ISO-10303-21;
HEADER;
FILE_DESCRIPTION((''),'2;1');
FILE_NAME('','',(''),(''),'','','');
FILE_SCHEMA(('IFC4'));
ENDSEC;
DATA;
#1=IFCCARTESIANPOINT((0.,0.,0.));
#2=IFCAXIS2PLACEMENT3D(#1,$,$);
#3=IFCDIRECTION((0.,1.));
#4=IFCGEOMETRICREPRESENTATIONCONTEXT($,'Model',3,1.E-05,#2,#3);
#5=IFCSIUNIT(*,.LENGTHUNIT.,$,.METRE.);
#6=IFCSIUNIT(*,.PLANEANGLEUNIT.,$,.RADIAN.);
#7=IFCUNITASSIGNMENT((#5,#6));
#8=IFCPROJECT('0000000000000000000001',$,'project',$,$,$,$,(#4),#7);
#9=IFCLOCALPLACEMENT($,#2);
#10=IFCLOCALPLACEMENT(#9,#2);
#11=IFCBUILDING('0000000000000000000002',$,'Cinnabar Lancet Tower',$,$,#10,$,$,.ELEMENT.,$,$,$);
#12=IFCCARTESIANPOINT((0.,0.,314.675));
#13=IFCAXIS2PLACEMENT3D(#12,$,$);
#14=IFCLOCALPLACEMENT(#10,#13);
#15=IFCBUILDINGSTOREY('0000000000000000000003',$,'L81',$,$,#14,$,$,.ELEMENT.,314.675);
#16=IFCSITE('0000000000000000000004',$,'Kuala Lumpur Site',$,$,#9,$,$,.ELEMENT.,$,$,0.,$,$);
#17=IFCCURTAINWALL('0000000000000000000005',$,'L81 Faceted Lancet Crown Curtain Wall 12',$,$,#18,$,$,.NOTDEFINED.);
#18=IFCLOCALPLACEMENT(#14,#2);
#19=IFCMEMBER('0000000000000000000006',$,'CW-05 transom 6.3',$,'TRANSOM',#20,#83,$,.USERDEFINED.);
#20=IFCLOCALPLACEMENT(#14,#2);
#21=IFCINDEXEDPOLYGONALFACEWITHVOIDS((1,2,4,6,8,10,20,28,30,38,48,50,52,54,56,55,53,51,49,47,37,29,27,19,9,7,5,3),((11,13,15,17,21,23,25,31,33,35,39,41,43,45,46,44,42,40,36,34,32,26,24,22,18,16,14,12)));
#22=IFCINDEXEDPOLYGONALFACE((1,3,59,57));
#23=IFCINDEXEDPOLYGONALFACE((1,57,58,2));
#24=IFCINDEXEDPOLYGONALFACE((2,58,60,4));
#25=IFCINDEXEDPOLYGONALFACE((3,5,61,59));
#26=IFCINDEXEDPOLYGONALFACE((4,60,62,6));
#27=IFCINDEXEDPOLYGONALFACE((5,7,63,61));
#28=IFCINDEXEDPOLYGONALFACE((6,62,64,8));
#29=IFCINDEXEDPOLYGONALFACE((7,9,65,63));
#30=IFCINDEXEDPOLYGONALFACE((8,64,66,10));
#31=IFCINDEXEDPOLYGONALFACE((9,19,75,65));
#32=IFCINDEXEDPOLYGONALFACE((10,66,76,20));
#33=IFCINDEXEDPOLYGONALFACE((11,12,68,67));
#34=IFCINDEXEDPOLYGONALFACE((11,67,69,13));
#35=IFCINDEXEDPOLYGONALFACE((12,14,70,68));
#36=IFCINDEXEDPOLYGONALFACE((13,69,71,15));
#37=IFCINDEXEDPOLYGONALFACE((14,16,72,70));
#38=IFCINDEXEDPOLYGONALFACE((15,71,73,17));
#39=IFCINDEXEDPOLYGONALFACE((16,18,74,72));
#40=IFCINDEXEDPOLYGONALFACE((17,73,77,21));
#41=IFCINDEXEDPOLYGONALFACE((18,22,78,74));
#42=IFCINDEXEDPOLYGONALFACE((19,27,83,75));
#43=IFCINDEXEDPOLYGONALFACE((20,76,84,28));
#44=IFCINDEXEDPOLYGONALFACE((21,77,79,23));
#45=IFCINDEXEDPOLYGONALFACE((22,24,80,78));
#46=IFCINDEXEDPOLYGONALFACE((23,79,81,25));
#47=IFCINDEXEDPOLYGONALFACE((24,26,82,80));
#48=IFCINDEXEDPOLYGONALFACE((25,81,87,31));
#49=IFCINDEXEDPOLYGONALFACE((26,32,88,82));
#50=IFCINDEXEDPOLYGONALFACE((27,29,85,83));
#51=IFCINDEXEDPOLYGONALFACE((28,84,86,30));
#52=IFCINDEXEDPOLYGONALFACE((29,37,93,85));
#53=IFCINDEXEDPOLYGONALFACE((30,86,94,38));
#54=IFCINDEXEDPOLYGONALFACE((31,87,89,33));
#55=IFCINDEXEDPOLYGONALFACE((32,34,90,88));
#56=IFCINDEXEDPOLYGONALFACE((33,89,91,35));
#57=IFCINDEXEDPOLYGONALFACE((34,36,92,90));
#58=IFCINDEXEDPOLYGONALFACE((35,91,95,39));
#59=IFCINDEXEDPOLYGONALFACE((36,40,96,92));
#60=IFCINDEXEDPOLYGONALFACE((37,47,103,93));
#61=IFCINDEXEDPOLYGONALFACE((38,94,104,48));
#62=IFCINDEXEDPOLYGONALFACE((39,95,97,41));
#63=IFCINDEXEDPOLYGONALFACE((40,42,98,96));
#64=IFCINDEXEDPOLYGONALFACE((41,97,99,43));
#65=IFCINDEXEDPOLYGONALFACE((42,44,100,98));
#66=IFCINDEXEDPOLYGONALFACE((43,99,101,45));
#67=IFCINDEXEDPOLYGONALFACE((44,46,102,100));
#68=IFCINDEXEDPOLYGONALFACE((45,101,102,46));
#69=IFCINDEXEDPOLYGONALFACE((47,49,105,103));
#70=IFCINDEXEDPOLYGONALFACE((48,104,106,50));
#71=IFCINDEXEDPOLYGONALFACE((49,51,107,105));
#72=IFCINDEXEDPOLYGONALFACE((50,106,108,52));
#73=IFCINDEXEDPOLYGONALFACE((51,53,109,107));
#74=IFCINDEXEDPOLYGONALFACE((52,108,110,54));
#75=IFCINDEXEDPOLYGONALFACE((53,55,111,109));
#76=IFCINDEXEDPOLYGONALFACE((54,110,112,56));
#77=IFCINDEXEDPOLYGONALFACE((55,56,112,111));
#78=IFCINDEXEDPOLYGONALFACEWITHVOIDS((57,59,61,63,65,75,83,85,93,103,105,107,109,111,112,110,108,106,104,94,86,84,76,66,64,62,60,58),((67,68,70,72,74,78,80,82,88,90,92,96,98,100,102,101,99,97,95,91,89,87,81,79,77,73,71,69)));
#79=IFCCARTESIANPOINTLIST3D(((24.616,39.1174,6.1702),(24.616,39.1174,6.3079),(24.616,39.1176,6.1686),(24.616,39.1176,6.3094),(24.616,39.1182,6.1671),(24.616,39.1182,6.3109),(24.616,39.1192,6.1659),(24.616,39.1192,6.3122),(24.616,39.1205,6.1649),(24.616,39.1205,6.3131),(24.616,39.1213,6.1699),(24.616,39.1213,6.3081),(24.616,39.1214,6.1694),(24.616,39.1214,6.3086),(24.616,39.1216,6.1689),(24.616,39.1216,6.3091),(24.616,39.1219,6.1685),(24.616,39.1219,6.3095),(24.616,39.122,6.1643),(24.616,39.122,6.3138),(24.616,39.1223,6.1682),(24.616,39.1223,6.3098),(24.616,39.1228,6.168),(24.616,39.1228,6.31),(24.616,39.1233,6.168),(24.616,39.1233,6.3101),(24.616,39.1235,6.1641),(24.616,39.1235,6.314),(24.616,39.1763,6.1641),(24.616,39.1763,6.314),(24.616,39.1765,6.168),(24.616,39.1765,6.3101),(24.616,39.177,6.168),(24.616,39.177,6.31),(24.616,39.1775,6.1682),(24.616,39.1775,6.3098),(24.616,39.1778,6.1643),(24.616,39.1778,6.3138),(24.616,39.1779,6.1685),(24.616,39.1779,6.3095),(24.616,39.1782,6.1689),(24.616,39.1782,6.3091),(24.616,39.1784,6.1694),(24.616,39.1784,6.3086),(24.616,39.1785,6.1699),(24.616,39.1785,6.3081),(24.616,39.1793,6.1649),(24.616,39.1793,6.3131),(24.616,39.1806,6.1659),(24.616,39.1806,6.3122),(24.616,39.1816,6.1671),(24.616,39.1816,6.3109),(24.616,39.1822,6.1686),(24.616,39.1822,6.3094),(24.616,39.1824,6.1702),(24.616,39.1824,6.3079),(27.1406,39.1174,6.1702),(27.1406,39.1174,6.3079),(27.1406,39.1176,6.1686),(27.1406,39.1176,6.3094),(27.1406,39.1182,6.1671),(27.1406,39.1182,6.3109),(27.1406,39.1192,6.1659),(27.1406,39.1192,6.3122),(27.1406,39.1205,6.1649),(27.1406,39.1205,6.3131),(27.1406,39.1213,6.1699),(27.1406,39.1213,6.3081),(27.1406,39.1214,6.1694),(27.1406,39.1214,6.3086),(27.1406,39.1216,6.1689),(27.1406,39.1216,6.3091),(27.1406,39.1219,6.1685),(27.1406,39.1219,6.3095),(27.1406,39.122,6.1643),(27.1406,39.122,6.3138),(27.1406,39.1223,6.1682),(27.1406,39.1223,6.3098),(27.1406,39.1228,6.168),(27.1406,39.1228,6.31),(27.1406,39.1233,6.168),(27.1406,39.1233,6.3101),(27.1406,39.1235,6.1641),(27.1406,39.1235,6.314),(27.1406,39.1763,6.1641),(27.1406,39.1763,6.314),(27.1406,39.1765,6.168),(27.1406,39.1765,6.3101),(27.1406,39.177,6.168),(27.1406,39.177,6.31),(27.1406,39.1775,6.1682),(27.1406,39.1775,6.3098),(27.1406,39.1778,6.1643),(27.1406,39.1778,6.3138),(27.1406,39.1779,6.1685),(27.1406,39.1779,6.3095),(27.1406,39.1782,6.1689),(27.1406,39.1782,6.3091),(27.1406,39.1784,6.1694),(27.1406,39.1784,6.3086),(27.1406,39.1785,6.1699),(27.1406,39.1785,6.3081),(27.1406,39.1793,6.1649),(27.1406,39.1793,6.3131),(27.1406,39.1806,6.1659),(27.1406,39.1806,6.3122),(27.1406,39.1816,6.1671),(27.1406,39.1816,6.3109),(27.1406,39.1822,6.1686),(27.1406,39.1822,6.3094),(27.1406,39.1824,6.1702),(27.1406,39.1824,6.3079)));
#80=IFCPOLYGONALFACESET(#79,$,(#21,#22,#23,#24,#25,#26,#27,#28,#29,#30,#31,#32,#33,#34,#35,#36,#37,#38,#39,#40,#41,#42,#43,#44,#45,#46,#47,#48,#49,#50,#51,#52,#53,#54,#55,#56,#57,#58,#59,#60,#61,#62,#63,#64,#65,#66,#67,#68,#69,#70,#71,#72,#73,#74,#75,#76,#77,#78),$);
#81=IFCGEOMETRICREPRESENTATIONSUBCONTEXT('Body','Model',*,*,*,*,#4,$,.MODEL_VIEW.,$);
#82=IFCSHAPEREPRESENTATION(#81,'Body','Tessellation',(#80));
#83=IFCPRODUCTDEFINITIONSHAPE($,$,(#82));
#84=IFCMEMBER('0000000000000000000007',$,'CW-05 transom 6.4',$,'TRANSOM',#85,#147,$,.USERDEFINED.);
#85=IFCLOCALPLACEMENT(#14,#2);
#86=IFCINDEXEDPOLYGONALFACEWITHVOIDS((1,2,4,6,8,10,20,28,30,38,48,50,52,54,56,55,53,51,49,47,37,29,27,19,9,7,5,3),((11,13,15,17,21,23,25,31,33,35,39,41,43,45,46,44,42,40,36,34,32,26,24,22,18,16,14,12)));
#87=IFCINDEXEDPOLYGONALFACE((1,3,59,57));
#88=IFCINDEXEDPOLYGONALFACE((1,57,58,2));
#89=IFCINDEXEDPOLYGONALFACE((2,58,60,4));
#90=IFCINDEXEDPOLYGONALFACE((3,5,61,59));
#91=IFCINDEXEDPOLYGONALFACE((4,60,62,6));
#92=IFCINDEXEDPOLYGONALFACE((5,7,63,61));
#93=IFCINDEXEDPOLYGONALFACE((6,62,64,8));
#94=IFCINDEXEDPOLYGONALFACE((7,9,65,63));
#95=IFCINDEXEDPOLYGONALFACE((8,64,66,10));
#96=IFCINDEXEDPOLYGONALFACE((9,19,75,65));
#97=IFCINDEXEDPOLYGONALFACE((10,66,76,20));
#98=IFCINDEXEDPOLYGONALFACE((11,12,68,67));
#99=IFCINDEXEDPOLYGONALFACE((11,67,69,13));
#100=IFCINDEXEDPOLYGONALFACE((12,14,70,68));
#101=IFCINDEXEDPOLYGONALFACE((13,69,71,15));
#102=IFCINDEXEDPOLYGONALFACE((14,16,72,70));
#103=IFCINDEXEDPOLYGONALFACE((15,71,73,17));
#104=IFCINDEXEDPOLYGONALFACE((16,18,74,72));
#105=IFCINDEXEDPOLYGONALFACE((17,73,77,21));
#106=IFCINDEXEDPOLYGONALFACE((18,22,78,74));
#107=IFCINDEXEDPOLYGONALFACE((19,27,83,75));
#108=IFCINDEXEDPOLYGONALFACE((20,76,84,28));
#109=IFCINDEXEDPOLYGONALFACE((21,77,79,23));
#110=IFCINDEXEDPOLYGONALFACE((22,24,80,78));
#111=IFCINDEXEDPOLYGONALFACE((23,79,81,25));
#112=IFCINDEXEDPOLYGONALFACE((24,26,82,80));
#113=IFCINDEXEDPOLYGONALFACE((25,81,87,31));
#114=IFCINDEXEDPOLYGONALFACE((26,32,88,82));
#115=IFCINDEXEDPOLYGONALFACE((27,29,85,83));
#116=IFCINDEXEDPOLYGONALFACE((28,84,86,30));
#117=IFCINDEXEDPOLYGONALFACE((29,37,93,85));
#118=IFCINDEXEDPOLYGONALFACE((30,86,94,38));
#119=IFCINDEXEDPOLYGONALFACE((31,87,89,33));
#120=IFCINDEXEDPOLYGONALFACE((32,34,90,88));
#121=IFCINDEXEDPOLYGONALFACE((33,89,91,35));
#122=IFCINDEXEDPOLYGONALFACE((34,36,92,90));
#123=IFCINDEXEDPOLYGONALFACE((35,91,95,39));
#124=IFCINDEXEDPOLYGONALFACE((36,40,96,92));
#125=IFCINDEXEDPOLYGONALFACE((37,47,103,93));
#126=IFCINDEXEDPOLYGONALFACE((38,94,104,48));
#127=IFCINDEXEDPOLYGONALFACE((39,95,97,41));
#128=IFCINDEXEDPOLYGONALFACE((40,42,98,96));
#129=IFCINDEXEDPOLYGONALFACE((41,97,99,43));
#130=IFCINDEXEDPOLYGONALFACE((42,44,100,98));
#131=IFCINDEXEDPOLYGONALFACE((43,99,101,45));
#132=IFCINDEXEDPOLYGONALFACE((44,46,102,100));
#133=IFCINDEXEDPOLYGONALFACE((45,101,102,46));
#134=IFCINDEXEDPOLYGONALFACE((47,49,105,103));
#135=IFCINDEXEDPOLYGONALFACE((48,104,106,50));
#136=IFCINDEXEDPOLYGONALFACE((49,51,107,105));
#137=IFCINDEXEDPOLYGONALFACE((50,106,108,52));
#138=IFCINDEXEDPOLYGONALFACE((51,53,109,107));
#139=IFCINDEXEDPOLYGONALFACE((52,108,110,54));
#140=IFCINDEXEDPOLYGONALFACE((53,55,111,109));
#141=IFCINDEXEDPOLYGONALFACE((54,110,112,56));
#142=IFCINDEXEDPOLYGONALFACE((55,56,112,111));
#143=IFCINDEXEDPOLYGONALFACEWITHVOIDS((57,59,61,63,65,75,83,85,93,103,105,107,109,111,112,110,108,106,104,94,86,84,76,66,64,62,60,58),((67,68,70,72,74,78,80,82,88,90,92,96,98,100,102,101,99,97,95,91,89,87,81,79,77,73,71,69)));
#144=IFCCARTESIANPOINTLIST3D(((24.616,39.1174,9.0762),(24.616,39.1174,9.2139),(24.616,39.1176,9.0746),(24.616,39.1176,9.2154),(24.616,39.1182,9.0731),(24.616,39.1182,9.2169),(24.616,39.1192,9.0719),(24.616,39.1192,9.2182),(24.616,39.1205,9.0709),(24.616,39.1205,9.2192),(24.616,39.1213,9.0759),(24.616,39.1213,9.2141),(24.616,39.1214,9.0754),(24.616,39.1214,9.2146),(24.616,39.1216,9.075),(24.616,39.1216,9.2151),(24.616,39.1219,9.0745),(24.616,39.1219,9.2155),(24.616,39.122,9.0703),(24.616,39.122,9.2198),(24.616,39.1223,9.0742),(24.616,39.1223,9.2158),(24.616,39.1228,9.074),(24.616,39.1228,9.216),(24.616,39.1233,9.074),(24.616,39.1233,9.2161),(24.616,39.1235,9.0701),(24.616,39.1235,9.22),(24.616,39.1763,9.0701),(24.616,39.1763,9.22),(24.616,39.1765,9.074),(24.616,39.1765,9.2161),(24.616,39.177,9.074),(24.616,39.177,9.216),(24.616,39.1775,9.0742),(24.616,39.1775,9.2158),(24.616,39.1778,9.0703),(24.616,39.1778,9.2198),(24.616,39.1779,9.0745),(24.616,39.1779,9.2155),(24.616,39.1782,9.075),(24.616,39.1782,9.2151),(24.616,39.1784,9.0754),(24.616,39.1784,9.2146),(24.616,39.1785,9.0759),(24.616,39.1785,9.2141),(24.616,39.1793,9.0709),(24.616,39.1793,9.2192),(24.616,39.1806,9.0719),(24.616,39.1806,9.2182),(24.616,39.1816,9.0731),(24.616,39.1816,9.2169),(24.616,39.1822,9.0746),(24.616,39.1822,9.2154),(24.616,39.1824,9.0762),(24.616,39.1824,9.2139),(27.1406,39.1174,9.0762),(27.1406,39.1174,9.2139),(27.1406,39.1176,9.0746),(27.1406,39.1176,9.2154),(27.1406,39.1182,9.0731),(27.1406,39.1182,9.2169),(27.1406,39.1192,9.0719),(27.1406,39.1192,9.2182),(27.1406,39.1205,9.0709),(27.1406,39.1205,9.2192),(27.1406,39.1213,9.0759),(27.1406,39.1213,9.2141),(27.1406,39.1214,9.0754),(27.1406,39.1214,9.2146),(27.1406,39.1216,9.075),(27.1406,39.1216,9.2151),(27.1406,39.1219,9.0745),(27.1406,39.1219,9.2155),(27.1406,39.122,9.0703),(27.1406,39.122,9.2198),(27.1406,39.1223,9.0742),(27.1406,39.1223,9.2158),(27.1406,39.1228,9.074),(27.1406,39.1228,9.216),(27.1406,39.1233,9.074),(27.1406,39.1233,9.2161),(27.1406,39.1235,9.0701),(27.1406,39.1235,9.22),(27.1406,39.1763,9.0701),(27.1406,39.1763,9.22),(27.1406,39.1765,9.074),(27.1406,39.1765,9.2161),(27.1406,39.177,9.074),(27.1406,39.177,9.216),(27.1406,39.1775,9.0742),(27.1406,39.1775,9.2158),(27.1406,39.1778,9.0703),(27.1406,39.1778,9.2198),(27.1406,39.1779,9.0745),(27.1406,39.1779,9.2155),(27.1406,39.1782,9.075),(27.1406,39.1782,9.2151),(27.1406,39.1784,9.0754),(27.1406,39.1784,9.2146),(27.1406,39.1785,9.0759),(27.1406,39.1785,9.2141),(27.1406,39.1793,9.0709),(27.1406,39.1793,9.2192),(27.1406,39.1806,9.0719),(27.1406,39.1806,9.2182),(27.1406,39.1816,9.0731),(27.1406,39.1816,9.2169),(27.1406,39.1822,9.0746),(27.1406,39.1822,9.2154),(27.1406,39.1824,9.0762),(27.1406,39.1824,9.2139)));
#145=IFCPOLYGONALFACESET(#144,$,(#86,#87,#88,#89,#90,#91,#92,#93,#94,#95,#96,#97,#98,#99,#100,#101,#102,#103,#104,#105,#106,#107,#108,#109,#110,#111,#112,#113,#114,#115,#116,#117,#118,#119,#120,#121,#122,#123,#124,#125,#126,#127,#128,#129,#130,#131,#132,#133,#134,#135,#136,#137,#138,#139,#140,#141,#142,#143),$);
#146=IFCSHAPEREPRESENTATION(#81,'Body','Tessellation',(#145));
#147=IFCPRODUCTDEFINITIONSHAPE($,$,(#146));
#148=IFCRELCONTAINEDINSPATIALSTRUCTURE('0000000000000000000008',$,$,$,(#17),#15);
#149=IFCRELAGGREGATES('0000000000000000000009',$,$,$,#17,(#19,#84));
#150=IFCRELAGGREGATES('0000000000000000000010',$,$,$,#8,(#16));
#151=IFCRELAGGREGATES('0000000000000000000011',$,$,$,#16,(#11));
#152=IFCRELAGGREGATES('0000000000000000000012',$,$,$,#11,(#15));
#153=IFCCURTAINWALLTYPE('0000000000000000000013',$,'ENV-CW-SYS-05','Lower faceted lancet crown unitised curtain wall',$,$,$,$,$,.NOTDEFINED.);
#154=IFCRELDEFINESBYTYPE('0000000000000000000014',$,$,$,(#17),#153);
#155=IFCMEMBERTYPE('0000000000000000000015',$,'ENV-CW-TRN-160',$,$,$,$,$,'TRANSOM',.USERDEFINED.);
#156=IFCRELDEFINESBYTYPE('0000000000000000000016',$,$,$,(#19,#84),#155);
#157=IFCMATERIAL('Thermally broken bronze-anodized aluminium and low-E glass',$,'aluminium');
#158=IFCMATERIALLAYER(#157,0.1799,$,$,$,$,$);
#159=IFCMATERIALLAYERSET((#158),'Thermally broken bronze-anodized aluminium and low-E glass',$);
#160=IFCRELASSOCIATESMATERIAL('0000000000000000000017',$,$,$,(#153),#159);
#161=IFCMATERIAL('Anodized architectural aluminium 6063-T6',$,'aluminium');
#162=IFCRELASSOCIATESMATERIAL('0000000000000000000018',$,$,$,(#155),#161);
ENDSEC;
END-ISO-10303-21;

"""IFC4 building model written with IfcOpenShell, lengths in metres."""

from ifc_helpers import new_model, si_unit, direction, frame, origin, origin_2d, place, context, subcontext, project, spatial, hollow_rectangle, extrude, material, layer, layer_set, material_profile, profile_set, type_object, element, aggregate, save


model = new_model("IFC4")

# Units and contexts
model_context = context("Model", 3, precision=1e-05, world=origin(), true_north=direction((0.0, 1.0)))
body_context = subcontext(model_context, "Body", "Model", "MODEL_VIEW")
ifc_project = project(units=[si_unit("LENGTHUNIT", "METRE"), si_unit("PLANEANGLEUNIT", "RADIAN")], contexts=[model_context])

# Site, building, storey
site_placement = place(None, origin())
site = spatial("IfcSite", under=ifc_project, at=site_placement, Name="Kuala Lumpur Site", CompositionType="ELEMENT", RefElevation=0.0)
building_placement = place(site_placement, origin())
building = spatial("IfcBuilding", under=site, at=building_placement, Name="Cinnabar Lancet Tower", CompositionType="ELEMENT")
storey_placement = place(building_placement, frame((0.0, 0.0, 314.675)))
storey = spatial("IfcBuildingStorey", under=building, at=storey_placement, Name="L81", CompositionType="ELEMENT", Elevation=314.675)

# Curtain wall
ifc_material_1 = material(Name="Thermally broken bronze-anodized aluminium and low-E glass", Category="aluminium")
ifc_layer_1 = layer(ifc_material_1, 0.1799)
ifc_layer_set_1 = layer_set([ifc_layer_1], Name="Thermally broken bronze-anodized aluminium and low-E glass")
curtain_wall_type = type_object("IfcCurtainWallType", Name="ENV-CW-SYS-05", Description="Lower faceted lancet crown unitised curtain wall", PredefinedType="NOTDEFINED", material=ifc_layer_set_1)
curtain_wall_1_placement = place(storey_placement, origin())
curtain_wall_1 = element("IfcCurtainWall", 1, at=curtain_wall_1_placement, inside=storey, type_object=curtain_wall_type, Name="L81 Faceted Lancet Crown Curtain Wall 12", PredefinedType="NOTDEFINED")

# Members
ifc_material_2 = material(Name="Anodized architectural aluminium 6063-T6", Category="aluminium")
ifc_material_profile_1 = material_profile(ifc_material_2, hollow_rectangle(XDim=0.0649, YDim=0.1499, WallThickness=0.0039, InnerFilletRadius=0.002, OuterFilletRadius=0.0061, at=origin_2d()), Name="CW-TRN 150x65x4")
ifc_profile_set_1 = profile_set([ifc_material_profile_1], Name="Anodized architectural aluminium 6063-T6")
member_type_1 = type_object("IfcMemberType", Name="ENV-CW-TRN-160", ElementType="TRANSOM", PredefinedType="USERDEFINED", material=ifc_profile_set_1)
member_1_placement = place(storey_placement, frame((27.1406, 39.1499, 6.239), z_axis=(-1.0, 0.0, 0.0), x_axis=(0.0, -1.0, 0.0)))
member_1 = element("IfcMember", 2, at=member_1_placement, type_object=member_type_1, Name="CW-05 transom 6.3", ObjectType="TRANSOM", PredefinedType="USERDEFINED", context=body_context, shape_type="SweptSolid", body=[
    extrude(hollow_rectangle(XDim=0.0649, YDim=0.1499, WallThickness=0.0039, InnerFilletRadius=0.002, OuterFilletRadius=0.0061, at=origin_2d()), origin(), (0.0, 0.0, 1.0), 2.5247),
])
member_2_placement = place(storey_placement, frame((27.1406, 39.1499, 9.145), z_axis=(-1.0, 0.0, 0.0), x_axis=(0.0, -1.0, 0.0)))
member_2 = element("IfcMember", 3, at=member_2_placement, type_object=member_type_1, Name="CW-05 transom 6.4", ObjectType="TRANSOM", PredefinedType="USERDEFINED", context=body_context, shape_type="SweptSolid", body=[
    extrude(hollow_rectangle(XDim=0.0649, YDim=0.1499, WallThickness=0.0039, InnerFilletRadius=0.002, OuterFilletRadius=0.0061, at=origin_2d()), origin(), (0.0, 0.0, 1.0), 2.5247),
])

aggregate(curtain_wall_1, [member_1, member_2])

save(model, "model.ifc")
